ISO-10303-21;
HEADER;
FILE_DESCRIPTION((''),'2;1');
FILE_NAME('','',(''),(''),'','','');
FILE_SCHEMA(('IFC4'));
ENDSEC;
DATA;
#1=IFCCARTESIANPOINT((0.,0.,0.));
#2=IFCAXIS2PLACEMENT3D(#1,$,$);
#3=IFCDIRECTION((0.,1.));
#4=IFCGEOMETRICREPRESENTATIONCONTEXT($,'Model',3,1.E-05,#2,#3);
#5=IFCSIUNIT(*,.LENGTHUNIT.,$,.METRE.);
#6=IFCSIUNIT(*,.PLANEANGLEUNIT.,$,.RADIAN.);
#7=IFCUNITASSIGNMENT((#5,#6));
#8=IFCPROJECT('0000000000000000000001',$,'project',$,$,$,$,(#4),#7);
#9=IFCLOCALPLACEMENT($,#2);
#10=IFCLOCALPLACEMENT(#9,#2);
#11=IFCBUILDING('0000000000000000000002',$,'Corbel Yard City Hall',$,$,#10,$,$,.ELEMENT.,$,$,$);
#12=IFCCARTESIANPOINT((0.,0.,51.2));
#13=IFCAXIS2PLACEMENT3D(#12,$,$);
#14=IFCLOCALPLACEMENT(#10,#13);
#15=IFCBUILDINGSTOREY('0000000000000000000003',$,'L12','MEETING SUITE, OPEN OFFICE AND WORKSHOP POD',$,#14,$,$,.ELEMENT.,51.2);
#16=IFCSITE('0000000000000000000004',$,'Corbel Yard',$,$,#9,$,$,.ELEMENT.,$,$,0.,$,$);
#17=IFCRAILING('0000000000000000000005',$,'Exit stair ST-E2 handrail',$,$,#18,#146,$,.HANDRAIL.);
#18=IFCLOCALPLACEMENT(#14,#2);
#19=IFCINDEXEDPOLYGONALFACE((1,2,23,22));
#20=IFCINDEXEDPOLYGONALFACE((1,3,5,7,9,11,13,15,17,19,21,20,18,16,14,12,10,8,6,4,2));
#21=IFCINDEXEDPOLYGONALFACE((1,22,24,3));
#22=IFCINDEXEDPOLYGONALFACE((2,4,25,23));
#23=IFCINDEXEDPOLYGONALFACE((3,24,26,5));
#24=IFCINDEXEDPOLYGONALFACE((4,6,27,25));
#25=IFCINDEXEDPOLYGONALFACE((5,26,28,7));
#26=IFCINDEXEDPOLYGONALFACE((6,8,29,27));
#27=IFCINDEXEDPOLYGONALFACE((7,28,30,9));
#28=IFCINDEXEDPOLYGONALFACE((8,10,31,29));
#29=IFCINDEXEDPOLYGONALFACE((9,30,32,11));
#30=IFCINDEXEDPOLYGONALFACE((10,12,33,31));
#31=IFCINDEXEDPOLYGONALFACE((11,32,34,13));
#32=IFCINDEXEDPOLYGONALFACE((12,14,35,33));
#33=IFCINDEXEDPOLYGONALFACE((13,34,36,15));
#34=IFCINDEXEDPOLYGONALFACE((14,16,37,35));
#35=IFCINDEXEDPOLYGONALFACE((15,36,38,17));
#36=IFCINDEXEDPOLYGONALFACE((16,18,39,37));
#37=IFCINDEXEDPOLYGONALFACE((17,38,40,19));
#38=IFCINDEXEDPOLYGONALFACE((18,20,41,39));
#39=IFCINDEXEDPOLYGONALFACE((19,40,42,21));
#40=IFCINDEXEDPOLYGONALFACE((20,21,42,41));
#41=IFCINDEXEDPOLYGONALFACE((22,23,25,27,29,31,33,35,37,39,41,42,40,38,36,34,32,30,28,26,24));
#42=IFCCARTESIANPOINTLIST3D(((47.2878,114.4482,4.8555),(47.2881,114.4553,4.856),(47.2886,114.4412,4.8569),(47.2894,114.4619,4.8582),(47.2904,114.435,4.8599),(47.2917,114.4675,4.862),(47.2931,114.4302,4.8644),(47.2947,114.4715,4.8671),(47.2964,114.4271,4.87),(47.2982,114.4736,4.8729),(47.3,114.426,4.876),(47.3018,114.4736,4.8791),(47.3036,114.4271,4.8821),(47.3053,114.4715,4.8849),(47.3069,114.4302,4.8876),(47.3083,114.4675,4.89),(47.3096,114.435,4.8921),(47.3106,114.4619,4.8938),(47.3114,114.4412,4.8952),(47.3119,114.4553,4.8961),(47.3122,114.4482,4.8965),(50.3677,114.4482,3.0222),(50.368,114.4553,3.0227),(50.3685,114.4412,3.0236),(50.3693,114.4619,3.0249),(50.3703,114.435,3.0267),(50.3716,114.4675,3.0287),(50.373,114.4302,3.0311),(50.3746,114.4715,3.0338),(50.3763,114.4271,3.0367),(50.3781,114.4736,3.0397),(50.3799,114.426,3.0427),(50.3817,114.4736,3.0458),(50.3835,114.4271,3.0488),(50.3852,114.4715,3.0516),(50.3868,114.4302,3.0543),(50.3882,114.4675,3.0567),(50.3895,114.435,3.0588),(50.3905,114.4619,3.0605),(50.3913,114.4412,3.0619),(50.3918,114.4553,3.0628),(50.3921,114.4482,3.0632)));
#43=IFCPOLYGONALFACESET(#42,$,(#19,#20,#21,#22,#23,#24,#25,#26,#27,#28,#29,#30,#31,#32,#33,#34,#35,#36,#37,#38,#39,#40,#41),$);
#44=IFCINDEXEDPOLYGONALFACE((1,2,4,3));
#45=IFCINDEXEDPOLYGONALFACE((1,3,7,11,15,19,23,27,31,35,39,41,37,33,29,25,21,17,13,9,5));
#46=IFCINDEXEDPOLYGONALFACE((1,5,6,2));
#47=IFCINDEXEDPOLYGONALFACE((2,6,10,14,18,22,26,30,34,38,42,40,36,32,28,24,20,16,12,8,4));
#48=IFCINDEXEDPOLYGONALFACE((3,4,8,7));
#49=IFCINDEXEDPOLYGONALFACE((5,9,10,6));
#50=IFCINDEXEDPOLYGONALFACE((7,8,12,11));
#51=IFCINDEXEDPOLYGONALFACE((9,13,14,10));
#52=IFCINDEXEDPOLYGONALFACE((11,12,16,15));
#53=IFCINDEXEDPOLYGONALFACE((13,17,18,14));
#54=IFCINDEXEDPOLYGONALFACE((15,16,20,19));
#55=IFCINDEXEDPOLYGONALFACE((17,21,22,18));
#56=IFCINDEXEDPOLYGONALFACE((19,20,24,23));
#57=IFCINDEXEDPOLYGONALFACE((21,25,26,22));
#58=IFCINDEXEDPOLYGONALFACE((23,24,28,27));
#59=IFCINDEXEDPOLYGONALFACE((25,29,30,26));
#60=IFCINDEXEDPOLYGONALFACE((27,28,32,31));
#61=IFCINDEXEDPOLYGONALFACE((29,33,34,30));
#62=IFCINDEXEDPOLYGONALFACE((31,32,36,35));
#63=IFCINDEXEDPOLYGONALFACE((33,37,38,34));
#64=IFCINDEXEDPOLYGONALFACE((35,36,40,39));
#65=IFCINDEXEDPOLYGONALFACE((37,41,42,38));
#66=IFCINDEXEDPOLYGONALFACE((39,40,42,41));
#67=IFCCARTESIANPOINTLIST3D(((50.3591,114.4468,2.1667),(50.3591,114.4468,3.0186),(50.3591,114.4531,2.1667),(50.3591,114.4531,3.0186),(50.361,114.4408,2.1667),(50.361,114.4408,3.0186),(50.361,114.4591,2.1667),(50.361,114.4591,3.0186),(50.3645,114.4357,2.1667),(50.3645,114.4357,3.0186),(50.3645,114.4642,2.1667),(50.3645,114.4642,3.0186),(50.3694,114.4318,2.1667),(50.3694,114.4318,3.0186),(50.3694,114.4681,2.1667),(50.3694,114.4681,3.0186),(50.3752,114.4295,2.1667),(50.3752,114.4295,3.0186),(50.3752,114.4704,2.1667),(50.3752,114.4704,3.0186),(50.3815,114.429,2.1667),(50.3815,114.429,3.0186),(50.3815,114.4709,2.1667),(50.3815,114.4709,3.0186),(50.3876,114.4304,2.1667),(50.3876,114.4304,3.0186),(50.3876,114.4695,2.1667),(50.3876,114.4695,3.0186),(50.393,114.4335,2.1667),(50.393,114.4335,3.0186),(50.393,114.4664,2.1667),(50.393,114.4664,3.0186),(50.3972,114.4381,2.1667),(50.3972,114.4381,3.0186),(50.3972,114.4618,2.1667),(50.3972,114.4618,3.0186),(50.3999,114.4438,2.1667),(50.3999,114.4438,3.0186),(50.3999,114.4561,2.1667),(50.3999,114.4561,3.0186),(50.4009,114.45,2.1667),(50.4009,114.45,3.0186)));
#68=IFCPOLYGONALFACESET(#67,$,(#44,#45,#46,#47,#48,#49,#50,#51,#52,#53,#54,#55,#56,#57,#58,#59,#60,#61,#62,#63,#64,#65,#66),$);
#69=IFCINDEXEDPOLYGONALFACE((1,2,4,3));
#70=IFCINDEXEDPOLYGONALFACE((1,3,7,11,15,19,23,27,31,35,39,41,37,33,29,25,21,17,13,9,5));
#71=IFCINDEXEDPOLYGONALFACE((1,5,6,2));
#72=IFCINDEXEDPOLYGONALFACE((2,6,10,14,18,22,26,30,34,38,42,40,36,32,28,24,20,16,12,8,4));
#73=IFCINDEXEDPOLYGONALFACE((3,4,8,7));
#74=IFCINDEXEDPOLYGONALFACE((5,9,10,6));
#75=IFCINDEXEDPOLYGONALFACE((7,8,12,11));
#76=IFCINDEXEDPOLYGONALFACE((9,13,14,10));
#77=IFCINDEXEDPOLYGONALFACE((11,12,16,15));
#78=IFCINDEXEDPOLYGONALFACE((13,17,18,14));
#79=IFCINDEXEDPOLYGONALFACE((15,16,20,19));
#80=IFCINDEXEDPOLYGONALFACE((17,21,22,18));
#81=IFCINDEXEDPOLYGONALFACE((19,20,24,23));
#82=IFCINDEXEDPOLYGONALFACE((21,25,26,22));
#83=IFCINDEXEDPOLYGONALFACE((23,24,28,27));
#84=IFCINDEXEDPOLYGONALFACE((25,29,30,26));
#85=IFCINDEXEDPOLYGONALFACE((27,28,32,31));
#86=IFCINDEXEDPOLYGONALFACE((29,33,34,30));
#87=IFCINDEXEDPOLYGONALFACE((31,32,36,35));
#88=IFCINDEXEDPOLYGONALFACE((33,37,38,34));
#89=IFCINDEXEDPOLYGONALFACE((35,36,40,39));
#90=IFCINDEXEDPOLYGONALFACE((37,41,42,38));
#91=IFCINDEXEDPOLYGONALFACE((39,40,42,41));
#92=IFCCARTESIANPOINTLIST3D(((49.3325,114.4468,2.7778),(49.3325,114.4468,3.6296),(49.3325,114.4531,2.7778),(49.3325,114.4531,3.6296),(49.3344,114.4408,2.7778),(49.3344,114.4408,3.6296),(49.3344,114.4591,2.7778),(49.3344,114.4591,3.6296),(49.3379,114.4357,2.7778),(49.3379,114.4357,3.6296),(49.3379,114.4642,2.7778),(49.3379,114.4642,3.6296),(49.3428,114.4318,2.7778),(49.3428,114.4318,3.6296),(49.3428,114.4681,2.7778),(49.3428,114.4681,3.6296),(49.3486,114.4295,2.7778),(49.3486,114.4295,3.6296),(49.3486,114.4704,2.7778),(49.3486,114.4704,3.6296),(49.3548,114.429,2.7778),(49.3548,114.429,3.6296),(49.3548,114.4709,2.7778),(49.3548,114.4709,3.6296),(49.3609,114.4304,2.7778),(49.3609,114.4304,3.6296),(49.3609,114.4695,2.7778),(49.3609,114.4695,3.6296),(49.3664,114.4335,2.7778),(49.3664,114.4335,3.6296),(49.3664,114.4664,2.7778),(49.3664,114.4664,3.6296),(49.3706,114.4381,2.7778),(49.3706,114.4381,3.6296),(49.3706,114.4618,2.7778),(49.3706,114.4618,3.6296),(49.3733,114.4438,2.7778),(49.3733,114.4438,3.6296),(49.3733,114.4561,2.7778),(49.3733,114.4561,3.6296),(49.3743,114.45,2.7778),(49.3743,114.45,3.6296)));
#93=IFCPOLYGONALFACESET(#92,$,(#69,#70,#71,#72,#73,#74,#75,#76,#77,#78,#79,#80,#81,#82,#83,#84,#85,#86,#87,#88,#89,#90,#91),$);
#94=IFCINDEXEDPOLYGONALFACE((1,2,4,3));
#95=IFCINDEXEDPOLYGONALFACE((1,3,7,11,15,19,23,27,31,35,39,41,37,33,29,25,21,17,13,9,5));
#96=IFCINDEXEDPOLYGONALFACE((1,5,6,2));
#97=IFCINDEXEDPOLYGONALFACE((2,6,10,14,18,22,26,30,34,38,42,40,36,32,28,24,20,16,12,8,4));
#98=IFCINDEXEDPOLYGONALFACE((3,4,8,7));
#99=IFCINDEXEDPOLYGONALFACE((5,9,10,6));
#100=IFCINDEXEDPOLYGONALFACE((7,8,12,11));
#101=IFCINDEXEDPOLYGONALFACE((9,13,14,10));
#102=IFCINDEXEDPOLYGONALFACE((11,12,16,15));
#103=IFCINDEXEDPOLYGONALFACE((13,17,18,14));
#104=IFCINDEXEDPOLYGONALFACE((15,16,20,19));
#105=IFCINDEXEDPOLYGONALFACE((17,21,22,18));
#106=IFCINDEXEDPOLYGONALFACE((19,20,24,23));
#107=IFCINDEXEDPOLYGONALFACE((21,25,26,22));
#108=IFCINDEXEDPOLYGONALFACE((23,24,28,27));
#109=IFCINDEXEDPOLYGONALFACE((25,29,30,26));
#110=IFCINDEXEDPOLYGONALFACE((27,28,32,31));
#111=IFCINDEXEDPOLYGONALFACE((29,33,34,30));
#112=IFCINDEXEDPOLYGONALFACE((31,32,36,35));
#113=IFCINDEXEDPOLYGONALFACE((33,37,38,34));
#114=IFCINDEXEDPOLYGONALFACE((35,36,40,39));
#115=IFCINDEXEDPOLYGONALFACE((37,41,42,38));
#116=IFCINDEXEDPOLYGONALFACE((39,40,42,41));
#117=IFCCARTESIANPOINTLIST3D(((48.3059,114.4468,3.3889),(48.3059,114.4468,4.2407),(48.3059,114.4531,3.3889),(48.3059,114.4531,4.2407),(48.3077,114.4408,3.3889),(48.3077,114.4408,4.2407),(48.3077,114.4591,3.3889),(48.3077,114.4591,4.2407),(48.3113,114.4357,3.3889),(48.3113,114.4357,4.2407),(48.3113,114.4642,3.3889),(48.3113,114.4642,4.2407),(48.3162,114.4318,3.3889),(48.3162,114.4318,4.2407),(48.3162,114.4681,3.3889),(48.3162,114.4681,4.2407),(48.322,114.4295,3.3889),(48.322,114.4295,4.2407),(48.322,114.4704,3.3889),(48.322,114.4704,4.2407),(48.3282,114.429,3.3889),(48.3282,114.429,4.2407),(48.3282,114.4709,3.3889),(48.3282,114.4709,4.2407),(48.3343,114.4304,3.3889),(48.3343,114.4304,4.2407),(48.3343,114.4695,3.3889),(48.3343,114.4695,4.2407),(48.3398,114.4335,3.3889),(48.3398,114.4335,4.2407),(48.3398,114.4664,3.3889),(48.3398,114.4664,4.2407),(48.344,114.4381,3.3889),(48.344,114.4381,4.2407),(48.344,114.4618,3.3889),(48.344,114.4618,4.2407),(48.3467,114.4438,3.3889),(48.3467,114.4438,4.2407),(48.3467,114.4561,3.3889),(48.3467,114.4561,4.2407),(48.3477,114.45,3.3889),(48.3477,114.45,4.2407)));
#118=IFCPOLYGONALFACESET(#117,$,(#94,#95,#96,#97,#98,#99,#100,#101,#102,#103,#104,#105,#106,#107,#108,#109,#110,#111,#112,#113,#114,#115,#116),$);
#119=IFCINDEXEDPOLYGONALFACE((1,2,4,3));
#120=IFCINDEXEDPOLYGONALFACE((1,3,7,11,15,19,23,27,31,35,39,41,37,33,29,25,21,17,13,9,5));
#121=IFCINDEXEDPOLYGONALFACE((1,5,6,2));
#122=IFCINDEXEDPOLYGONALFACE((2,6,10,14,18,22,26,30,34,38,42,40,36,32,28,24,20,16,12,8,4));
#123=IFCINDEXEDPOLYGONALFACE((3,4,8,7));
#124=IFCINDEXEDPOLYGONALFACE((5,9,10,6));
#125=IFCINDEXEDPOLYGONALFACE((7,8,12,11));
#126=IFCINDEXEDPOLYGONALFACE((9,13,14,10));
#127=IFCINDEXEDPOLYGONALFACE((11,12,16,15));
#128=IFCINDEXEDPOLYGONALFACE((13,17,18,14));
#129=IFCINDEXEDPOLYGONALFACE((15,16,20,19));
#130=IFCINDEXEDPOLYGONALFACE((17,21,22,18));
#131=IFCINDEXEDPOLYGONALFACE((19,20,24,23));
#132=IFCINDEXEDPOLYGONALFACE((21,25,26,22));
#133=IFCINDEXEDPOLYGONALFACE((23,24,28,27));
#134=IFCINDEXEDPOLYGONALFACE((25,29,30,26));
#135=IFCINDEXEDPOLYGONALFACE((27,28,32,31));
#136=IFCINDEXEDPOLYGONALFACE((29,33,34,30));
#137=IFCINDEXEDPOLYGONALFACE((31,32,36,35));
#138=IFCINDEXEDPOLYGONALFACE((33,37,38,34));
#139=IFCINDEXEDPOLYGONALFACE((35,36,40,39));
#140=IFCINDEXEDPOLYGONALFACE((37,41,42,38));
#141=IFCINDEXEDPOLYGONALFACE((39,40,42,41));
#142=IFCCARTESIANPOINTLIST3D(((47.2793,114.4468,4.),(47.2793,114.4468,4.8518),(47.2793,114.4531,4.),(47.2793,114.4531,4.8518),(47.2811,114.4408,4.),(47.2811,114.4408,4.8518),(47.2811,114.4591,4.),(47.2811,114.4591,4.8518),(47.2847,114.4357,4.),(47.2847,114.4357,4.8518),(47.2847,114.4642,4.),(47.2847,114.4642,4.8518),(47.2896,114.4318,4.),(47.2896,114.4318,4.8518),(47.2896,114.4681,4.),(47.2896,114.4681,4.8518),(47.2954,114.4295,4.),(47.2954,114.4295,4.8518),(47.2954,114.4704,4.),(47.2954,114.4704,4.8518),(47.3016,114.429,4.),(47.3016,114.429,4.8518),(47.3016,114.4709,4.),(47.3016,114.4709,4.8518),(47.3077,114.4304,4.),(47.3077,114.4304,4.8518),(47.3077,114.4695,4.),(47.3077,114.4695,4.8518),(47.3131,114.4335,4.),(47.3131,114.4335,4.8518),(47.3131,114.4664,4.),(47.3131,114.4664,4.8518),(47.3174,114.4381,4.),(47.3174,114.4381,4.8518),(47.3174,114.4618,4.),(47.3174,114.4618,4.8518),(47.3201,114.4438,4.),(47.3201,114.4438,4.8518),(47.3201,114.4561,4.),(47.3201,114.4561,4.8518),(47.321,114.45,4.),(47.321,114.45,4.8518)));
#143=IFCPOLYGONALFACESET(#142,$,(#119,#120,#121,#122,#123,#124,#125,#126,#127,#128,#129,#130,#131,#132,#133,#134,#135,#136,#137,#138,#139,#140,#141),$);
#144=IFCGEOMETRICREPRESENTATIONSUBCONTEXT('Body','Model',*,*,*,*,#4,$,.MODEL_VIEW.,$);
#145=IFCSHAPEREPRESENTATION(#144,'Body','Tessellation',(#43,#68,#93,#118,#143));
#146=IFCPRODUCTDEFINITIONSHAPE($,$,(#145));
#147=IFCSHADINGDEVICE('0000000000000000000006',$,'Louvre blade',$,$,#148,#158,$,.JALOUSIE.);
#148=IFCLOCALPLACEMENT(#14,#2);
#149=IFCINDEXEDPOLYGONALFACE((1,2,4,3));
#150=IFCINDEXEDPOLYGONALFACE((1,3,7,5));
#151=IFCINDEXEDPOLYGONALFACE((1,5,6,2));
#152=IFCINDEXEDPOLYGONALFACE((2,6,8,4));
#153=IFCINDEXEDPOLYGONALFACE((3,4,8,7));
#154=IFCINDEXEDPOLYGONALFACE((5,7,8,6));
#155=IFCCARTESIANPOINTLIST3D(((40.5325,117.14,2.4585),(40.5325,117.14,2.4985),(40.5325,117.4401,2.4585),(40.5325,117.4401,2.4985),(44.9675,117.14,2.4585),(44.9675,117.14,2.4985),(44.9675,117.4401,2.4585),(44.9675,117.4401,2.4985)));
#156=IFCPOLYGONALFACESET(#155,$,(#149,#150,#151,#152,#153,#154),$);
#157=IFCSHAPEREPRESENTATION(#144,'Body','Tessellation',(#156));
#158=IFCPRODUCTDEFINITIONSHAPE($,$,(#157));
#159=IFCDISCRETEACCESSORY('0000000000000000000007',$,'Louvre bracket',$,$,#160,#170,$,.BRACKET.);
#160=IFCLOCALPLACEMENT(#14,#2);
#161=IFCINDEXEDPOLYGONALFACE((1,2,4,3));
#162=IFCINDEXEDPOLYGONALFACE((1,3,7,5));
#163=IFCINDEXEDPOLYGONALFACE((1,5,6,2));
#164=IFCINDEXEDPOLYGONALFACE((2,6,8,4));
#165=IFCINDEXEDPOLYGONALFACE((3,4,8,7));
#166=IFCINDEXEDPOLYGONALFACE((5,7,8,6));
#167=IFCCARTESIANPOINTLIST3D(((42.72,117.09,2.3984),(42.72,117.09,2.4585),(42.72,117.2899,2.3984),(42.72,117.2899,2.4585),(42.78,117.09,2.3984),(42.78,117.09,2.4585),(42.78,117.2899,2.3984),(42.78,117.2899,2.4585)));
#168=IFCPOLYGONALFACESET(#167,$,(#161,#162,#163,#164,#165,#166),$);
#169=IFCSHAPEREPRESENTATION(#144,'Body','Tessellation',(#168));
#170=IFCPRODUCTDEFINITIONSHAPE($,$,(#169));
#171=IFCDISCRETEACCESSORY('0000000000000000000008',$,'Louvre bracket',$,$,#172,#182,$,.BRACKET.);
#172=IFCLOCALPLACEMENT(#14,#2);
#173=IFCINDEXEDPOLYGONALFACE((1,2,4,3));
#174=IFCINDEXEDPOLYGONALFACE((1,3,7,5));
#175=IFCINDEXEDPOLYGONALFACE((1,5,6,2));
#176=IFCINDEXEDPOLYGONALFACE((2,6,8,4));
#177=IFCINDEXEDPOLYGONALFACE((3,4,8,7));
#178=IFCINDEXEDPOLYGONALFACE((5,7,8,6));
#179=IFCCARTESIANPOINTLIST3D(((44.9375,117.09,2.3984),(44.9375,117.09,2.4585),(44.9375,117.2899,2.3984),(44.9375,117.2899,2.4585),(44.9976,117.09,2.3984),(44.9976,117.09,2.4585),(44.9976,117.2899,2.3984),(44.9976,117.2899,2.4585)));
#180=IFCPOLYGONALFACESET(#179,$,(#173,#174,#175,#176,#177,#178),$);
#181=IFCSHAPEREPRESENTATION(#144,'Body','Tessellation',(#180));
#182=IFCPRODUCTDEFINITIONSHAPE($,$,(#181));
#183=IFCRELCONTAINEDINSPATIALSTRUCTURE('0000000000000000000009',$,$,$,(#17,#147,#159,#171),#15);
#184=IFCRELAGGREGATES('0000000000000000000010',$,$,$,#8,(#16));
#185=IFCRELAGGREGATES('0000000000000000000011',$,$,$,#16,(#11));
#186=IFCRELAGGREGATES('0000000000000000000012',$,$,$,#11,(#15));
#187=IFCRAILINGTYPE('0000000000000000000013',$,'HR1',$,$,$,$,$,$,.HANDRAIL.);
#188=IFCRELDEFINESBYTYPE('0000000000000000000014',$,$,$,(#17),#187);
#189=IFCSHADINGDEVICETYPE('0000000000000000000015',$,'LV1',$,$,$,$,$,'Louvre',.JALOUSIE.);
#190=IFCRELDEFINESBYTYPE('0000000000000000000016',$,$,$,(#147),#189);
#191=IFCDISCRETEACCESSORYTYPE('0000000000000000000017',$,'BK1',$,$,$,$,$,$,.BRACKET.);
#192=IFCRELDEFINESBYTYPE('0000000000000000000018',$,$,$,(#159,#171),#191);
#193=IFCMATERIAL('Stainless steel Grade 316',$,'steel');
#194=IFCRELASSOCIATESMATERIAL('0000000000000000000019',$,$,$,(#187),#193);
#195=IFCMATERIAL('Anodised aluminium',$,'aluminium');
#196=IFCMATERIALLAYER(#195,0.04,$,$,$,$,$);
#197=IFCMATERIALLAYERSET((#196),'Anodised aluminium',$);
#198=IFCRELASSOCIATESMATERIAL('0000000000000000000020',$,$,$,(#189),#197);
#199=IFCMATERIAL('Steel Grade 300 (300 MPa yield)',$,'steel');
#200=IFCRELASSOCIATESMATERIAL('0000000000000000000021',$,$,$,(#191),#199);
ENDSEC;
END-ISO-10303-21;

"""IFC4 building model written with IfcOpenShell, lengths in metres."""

from ifc_helpers import new_model, si_unit, direction, frame, origin, origin_2d, place, context, subcontext, project, spatial, rectangle, circle, extrude, material, layer, layer_set, type_object, element, save


model = new_model("IFC4")

# Units and contexts
model_context = context("Model", 3, precision=1e-05, world=origin(), true_north=direction((0.0, 1.0)))
body_context = subcontext(model_context, "Body", "Model", "MODEL_VIEW")
ifc_project = project(units=[si_unit("LENGTHUNIT", "METRE"), si_unit("PLANEANGLEUNIT", "RADIAN")], contexts=[model_context])

# Site, building, storey
site_placement = place(None, origin())
site = spatial("IfcSite", under=ifc_project, at=site_placement, Name="Corbel Yard", CompositionType="ELEMENT", RefElevation=0.0)
building_placement = place(site_placement, origin())
building = spatial("IfcBuilding", under=site, at=building_placement, Name="Corbel Yard City Hall", CompositionType="ELEMENT")
storey_placement = place(building_placement, frame((0.0, 0.0, 51.2)))
storey = spatial("IfcBuildingStorey", under=building, at=storey_placement, Name="L12", Description="MEETING SUITE, OPEN OFFICE AND WORKSHOP POD", CompositionType="ELEMENT", Elevation=51.2)

# Railing
ifc_material_1 = material(Name="Stainless steel Grade 316", Category="steel")
railing_type = type_object("IfcRailingType", Name="HR1", PredefinedType="HANDRAIL", material=ifc_material_1)
railing_placement = place(storey_placement, frame((50.3799, 114.45, 2.1667)))
element("IfcRailing", 1, at=railing_placement, inside=storey, type_object=railing_type, Name="Exit stair ST-E2 handrail", PredefinedType="HANDRAIL", context=body_context, shape_type="SweptSolid", body=[
    extrude(circle(Radius=0.0239, at=origin_2d()), frame((0.0, 0.0, 0.876), z_axis=(-0.859291, 0.0, 0.511487), x_axis=(0.0, -1.0, 0.0)), (0.0, 0.0, 1.0), 3.5842),
    extrude(circle(Radius=0.021, at=origin_2d()), origin(), (0.0, 0.0, 1.0), 0.8518),
    extrude(circle(Radius=0.021, at=origin_2d()), frame((-1.0266, 0.0, 0.6111)), (0.0, 0.0, 1.0), 0.8518),
    extrude(circle(Radius=0.021, at=origin_2d()), frame((-2.0532, 0.0, 1.2222)), (0.0, 0.0, 1.0), 0.8518),
    extrude(circle(Radius=0.021, at=origin_2d()), frame((-3.0798, 0.0, 1.8333)), (0.0, 0.0, 1.0), 0.8518),
])

# Shading device
ifc_material_2 = material(Name="Anodised aluminium", Category="aluminium")
ifc_layer_1 = layer(ifc_material_2, 0.04)
ifc_layer_set_1 = layer_set([ifc_layer_1], Name="Anodised aluminium")
shading_device_type = type_object("IfcShadingDeviceType", Name="LV1", ElementType="Louvre", PredefinedType="JALOUSIE", material=ifc_layer_set_1)
shading_device_placement = place(storey_placement, frame((42.75, 117.29, 2.4585), z_axis=(0.0, 0.0, 1.0), x_axis=(1.0, 0.0, 0.0)))
element("IfcShadingDevice", 2, at=shading_device_placement, inside=storey, type_object=shading_device_type, Name="Louvre blade", PredefinedType="JALOUSIE", context=body_context, shape_type="SweptSolid", body=[
    extrude(rectangle(XDim=4.4351, YDim=0.3, at=origin_2d()), origin(), (0.0, 0.0, 1.0), 0.04),
])

# Discrete accessories
ifc_material_3 = material(Name="Steel Grade 300 (300 MPa yield)", Category="steel")
discrete_accessory_type = type_object("IfcDiscreteAccessoryType", Name="BK1", PredefinedType="BRACKET", material=ifc_material_3)
for number, where, z_axis, x_axis, name in (
    (3, (42.75, 117.1899, 2.3984), (0.0, 0.0, 1.0), (1.0, 0.0, 0.0), "Louvre bracket"),
    (4, (44.9675, 117.1899, 2.3984), (0.0, 0.0, 1.0), (1.0, 0.0, 0.0), "Louvre bracket"),
):
    element("IfcDiscreteAccessory", number, at=place(storey_placement, frame(where, z_axis=z_axis, x_axis=x_axis)), inside=storey, type_object=discrete_accessory_type, Name=name, PredefinedType="BRACKET", context=body_context, shape_type="SweptSolid", body=[
        extrude(rectangle(XDim=0.0601, YDim=0.2, at=origin_2d()), origin(), (0.0, 0.0, 1.0), 0.0601),
    ])

save(model, "model.ifc")
